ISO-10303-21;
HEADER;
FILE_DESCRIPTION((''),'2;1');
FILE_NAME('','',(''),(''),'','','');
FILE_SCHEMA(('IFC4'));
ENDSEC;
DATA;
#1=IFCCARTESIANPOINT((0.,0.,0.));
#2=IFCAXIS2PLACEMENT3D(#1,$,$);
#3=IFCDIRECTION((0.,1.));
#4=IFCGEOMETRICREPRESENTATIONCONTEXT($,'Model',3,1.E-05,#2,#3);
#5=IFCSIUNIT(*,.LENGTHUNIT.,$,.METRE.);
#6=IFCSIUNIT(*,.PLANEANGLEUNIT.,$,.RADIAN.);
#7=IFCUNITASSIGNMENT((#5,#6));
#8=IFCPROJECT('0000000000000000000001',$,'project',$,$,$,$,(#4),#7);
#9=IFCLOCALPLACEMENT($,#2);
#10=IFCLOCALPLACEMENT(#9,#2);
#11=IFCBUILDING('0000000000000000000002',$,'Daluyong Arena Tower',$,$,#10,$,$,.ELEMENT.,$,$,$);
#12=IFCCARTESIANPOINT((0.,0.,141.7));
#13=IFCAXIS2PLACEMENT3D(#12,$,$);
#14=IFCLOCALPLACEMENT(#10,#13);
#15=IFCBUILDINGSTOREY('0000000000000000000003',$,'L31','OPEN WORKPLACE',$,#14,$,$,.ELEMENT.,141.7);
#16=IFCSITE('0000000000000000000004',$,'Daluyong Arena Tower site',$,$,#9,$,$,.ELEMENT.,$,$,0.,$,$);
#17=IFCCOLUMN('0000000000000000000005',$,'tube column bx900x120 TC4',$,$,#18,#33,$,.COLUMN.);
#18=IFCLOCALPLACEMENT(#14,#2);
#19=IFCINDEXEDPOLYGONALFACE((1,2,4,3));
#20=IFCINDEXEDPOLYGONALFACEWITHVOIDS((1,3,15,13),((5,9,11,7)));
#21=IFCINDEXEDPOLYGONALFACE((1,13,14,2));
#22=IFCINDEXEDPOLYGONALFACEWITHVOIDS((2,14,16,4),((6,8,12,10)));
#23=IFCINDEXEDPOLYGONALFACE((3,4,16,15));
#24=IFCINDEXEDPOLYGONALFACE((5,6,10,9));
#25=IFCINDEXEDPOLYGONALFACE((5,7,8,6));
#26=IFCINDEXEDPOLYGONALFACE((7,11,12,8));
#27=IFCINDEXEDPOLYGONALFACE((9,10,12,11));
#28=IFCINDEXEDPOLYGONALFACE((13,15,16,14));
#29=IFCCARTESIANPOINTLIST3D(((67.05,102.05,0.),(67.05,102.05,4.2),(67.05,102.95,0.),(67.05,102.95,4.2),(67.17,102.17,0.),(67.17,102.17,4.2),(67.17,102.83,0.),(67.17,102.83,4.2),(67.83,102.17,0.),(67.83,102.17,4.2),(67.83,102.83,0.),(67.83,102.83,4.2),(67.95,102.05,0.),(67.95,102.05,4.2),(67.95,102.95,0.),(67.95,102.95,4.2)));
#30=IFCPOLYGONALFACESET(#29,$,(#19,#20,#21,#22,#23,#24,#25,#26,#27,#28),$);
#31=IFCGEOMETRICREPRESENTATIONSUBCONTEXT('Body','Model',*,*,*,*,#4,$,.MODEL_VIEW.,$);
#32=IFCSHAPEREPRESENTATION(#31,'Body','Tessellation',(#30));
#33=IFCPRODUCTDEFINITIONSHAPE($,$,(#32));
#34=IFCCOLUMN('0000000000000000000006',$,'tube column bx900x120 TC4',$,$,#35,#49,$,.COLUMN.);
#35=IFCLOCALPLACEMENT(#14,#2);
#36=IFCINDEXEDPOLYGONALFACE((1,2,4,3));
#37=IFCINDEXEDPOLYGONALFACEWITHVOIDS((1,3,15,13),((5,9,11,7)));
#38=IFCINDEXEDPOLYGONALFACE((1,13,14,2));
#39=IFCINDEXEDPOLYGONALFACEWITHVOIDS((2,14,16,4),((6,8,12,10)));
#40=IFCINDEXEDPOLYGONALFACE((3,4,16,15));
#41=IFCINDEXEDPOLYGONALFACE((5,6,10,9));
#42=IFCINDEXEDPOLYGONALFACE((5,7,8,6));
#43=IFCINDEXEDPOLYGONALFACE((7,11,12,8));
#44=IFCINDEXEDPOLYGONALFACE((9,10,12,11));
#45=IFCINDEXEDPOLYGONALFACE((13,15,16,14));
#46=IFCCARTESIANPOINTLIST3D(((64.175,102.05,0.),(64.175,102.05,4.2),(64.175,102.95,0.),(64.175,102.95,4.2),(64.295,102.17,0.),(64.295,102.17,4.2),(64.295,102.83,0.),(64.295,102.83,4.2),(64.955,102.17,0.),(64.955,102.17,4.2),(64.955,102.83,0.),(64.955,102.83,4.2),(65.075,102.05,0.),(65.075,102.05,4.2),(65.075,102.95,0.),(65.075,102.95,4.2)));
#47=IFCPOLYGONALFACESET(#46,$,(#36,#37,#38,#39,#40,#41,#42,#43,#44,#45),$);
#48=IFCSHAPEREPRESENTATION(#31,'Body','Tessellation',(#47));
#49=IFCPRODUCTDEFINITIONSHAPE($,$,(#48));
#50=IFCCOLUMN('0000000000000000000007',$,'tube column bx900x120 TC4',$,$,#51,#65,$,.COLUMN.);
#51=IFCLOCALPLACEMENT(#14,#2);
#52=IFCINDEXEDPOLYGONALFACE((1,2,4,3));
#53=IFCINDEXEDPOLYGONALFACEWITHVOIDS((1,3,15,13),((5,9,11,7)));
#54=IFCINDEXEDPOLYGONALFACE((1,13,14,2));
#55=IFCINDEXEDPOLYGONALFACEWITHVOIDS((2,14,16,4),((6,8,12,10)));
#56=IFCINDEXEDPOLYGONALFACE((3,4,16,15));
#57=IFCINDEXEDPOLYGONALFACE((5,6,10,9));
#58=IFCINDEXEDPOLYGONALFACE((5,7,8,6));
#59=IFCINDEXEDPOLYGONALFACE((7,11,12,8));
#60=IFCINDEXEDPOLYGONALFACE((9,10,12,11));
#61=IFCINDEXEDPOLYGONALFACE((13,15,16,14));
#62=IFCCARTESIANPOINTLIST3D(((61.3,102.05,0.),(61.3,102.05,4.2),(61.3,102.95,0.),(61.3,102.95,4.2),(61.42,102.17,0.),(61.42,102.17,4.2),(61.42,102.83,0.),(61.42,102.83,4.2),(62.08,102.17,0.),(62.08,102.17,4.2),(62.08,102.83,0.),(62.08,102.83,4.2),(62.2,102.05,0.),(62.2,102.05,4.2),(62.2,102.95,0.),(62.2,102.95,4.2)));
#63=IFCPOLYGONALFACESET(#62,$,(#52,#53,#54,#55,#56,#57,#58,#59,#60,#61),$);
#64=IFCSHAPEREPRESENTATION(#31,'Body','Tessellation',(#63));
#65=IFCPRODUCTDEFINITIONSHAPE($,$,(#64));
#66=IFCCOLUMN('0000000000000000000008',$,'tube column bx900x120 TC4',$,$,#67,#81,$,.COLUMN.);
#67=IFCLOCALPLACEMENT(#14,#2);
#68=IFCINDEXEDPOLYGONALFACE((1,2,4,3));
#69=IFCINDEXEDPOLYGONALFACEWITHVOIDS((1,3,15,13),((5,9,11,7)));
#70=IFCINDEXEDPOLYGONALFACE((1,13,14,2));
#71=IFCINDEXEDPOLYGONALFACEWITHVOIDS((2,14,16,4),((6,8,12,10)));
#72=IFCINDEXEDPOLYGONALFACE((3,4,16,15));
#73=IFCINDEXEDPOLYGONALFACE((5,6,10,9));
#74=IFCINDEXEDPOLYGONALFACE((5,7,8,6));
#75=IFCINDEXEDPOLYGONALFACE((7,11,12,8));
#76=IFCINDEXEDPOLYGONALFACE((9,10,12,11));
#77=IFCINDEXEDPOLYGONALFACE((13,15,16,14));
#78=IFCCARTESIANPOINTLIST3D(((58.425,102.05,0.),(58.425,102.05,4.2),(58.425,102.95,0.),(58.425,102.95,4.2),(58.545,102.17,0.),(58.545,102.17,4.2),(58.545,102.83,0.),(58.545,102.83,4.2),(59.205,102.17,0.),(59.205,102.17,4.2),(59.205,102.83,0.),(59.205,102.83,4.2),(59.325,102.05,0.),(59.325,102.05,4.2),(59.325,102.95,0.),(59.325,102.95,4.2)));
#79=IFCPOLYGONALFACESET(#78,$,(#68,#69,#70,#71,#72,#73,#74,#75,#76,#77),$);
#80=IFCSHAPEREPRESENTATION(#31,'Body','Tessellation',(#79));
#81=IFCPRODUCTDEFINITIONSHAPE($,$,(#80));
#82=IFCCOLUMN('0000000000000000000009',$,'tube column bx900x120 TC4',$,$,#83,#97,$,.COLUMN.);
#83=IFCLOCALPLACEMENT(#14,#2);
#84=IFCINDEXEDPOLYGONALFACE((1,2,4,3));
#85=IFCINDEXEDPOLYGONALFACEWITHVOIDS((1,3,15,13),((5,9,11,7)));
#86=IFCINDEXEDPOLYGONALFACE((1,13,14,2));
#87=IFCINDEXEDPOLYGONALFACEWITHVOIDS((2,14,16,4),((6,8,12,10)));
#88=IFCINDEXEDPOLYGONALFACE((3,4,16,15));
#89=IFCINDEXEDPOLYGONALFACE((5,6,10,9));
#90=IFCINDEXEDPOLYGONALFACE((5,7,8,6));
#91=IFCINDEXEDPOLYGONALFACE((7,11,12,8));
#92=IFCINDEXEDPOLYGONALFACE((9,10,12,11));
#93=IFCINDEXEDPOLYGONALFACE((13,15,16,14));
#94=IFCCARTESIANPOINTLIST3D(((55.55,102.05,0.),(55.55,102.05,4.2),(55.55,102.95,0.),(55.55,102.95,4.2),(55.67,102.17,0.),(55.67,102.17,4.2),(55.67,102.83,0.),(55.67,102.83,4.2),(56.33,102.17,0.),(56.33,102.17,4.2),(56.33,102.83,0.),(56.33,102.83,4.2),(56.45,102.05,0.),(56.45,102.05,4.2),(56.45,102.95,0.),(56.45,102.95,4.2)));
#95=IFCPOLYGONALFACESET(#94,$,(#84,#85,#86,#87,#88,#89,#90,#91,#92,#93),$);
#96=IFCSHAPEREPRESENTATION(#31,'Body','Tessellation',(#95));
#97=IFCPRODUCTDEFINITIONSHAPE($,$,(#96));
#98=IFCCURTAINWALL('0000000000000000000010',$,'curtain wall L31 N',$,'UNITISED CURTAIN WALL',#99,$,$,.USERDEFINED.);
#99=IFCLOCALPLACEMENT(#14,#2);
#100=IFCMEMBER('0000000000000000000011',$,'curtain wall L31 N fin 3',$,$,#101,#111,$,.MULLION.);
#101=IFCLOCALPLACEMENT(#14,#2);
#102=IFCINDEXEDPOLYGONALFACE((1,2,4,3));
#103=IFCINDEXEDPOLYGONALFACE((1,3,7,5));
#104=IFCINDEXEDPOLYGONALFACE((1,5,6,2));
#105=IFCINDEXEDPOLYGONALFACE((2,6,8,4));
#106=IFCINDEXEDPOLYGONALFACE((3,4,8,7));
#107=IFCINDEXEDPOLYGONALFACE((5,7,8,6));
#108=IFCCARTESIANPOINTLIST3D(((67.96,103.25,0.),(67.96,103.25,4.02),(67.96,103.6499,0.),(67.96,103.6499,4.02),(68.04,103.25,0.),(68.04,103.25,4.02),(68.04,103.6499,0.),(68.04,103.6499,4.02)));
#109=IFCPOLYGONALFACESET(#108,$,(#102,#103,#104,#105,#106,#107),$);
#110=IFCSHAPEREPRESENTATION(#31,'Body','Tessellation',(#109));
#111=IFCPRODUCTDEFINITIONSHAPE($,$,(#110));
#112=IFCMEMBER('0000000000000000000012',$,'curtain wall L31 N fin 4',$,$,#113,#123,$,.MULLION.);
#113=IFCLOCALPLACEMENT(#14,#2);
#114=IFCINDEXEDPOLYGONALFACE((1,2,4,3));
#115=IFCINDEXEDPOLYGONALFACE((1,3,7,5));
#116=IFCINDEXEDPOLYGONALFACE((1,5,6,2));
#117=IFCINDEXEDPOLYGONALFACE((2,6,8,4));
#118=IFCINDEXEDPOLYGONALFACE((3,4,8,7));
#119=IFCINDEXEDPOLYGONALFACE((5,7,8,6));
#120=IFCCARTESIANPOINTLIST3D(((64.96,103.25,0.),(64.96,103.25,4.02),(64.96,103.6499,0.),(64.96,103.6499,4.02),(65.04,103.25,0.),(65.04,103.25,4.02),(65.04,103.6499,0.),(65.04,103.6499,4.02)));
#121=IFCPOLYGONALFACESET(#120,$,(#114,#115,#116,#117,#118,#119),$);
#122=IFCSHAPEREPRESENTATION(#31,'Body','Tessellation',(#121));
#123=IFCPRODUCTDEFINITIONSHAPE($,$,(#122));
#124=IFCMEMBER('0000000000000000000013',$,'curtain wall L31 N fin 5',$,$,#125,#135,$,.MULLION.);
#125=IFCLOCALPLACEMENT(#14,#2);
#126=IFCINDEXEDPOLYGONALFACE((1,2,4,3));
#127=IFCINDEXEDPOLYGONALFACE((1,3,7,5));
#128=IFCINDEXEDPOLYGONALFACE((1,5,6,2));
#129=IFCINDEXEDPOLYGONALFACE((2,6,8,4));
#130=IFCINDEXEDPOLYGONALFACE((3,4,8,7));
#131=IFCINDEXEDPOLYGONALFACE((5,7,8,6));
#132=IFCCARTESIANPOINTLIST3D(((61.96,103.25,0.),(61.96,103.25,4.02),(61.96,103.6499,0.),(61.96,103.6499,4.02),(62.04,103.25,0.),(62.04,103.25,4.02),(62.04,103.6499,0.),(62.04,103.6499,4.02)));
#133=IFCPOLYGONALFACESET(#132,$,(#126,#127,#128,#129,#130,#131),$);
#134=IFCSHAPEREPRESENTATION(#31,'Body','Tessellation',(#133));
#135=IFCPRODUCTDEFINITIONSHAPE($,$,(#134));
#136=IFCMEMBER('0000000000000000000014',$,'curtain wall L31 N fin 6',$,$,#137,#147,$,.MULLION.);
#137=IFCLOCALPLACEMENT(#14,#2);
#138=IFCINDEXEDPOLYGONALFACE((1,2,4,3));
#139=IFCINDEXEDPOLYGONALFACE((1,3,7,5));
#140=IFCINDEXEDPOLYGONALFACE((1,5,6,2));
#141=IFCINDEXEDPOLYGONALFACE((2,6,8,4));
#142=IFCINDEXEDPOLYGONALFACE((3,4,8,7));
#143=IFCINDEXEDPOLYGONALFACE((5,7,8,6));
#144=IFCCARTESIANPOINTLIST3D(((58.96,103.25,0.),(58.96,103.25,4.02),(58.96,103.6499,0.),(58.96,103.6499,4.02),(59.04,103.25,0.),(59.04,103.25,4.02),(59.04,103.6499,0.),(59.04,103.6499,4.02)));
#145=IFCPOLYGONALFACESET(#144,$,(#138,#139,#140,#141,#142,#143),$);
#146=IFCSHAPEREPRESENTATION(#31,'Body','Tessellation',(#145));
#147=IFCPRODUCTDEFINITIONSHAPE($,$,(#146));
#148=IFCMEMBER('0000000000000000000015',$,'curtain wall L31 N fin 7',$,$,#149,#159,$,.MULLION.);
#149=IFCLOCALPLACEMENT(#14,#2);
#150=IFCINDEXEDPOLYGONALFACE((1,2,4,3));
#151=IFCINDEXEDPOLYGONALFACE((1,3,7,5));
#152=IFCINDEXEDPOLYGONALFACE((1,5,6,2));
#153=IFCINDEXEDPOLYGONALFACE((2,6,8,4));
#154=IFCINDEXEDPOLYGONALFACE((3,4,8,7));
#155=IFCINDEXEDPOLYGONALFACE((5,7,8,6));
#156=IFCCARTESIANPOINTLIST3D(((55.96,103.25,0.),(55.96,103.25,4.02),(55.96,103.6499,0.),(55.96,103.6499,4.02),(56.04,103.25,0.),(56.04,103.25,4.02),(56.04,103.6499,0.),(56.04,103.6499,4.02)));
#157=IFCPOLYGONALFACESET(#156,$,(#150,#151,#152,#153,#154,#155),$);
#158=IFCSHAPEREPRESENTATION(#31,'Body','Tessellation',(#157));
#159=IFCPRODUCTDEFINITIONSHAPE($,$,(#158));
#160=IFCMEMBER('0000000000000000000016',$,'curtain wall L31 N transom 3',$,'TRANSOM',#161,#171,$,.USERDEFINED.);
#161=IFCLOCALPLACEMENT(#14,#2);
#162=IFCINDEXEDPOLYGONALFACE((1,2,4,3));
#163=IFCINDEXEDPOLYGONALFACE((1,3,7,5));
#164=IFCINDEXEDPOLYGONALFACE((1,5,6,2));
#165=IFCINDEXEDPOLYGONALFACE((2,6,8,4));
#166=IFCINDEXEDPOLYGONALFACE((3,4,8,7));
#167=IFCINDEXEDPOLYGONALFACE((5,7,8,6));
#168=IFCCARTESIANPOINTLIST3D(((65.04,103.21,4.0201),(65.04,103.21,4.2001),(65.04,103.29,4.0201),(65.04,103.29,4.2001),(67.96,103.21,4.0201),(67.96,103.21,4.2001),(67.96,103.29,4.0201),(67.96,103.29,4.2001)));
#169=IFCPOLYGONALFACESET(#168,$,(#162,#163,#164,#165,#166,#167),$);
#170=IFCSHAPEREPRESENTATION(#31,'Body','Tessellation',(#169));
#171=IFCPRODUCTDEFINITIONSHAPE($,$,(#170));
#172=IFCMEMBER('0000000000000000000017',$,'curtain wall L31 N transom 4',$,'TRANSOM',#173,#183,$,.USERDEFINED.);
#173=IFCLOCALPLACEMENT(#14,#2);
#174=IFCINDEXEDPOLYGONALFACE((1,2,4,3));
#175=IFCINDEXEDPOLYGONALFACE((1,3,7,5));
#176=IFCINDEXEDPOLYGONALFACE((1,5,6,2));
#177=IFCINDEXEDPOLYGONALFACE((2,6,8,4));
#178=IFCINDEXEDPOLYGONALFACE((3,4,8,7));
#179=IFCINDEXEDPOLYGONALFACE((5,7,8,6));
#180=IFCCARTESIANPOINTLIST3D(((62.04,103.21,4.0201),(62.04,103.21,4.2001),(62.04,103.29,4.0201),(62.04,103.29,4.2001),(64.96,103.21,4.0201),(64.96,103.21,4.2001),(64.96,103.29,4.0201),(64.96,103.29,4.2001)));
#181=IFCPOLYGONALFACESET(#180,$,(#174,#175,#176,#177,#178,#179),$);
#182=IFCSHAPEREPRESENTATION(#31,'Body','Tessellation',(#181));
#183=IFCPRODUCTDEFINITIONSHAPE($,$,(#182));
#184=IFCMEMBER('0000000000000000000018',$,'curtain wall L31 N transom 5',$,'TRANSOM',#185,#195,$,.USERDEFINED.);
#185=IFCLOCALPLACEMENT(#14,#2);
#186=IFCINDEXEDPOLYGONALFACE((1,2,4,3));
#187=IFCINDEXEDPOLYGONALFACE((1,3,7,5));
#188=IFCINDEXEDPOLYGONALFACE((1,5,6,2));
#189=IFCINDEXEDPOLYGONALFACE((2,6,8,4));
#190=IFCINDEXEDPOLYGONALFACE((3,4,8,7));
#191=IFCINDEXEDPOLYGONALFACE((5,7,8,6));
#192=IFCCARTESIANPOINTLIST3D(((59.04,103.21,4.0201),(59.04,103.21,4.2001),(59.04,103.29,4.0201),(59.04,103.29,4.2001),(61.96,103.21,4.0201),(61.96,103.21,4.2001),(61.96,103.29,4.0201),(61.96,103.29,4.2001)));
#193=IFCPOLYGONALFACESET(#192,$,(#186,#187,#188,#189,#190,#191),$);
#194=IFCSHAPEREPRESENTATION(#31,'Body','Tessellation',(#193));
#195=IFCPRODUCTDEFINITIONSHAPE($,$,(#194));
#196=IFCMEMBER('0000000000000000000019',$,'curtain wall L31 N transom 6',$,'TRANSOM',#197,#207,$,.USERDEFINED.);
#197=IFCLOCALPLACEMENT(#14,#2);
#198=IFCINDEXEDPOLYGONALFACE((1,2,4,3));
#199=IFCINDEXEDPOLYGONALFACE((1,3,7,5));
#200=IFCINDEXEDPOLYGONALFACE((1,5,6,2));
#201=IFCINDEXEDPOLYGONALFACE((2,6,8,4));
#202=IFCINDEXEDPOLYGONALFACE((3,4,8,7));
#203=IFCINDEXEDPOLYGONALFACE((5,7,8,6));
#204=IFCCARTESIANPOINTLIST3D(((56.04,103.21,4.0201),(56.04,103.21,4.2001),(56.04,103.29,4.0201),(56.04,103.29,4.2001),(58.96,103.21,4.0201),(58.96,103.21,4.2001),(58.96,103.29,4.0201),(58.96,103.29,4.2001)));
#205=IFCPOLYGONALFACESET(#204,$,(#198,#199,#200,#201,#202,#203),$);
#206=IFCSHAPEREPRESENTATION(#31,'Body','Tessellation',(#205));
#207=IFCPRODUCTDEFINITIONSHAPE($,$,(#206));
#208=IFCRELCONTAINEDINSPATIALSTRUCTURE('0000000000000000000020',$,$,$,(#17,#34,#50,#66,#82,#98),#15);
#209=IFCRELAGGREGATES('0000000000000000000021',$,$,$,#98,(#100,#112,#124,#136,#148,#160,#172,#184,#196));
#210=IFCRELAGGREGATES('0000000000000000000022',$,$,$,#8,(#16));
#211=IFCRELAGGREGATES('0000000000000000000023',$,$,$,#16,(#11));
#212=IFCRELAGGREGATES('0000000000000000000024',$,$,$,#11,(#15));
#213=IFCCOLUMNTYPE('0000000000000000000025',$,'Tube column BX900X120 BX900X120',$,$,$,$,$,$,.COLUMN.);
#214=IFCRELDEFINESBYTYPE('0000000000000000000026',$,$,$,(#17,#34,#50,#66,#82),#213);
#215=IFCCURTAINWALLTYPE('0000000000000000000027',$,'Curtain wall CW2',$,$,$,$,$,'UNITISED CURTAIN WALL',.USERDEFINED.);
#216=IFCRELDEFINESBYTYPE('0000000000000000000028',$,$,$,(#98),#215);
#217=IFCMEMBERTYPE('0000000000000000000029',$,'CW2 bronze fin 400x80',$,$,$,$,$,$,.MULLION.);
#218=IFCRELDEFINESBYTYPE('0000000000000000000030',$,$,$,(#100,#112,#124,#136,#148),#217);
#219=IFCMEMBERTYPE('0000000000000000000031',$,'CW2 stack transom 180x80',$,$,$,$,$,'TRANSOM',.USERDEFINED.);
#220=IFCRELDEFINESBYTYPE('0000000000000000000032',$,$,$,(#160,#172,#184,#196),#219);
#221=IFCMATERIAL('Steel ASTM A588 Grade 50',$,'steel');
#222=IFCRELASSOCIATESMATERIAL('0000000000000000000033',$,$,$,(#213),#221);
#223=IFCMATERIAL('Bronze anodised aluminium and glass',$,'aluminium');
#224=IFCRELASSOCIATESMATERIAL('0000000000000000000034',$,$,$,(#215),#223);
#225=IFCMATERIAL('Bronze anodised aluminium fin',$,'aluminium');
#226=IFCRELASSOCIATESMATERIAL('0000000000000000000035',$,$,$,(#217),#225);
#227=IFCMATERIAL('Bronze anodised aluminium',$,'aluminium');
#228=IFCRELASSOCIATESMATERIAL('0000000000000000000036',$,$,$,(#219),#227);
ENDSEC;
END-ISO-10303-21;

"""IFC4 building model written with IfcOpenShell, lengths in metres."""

from ifc_helpers import new_model, si_unit, direction, frame, origin, origin_2d, place, context, subcontext, project, spatial, rectangle, hollow_rectangle, extrude, material, material_profile, profile_set, type_object, element, aggregate, save


model = new_model("IFC4")

# Units and contexts
model_context = context("Model", 3, precision=1e-05, world=origin(), true_north=direction((0.0, 1.0)))
body_context = subcontext(model_context, "Body", "Model", "MODEL_VIEW")
ifc_project = project(units=[si_unit("LENGTHUNIT", "METRE"), si_unit("PLANEANGLEUNIT", "RADIAN")], contexts=[model_context])

# Site, building, storey
site_placement = place(None, origin())
site = spatial("IfcSite", under=ifc_project, at=site_placement, Name="Daluyong Arena Tower site", CompositionType="ELEMENT", RefElevation=0.0)
building_placement = place(site_placement, origin())
building = spatial("IfcBuilding", under=site, at=building_placement, Name="Daluyong Arena Tower", CompositionType="ELEMENT")
storey_placement = place(building_placement, frame((0.0, 0.0, 141.7)))
storey = spatial("IfcBuildingStorey", under=building, at=storey_placement, Name="L31", Description="OPEN WORKPLACE", CompositionType="ELEMENT", Elevation=141.7)

# Columns
ifc_material_1 = material(Name="Steel ASTM A588 Grade 50", Category="steel")
ifc_material_profile_1 = material_profile(ifc_material_1, hollow_rectangle(XDim=0.8999, YDim=0.8999, WallThickness=0.12, at=origin_2d()))
ifc_profile_set_1 = profile_set([ifc_material_profile_1], Name="Steel ASTM A588 Grade 50")
column_type = type_object("IfcColumnType", Name="Tube column BX900X120 BX900X120", PredefinedType="COLUMN", material=ifc_profile_set_1)
for number, where, z_axis, x_axis, name in (
    (1, (67.5, 102.5, 0.0), (0.0, 0.0, 1.0), (1.0, 0.0, 0.0), "tube column bx900x120 TC4"),
    (2, (64.625, 102.5, 0.0), (0.0, 0.0, 1.0), (1.0, 0.0, 0.0), "tube column bx900x120 TC4"),
    (3, (61.75, 102.5, 0.0), (0.0, 0.0, 1.0), (1.0, 0.0, 0.0), "tube column bx900x120 TC4"),
    (4, (58.875, 102.5, 0.0), (0.0, 0.0, 1.0), (1.0, 0.0, 0.0), "tube column bx900x120 TC4"),
    (5, (56.0, 102.5, 0.0), (0.0, 0.0, 1.0), (1.0, 0.0, 0.0), "tube column bx900x120 TC4"),
):
    element("IfcColumn", number, at=place(storey_placement, frame(where, z_axis=z_axis, x_axis=x_axis)), inside=storey, type_object=column_type, Name=name, PredefinedType="COLUMN", context=body_context, shape_type="SweptSolid", body=[
        extrude(hollow_rectangle(XDim=0.8999, YDim=0.8999, WallThickness=0.12, at=origin_2d()), origin(), (0.0, 0.0, 1.0), 4.2),
    ])

# Curtain wall, members
ifc_material_2 = material(Name="Bronze anodised aluminium and glass", Category="aluminium")
curtain_wall_type = type_object("IfcCurtainWallType", Name="Curtain wall CW2", ElementType="UNITISED CURTAIN WALL", PredefinedType="USERDEFINED", material=ifc_material_2)
curtain_wall_placement = place(storey_placement, origin())
curtain_wall = element("IfcCurtainWall", 6, at=curtain_wall_placement, inside=storey, type_object=curtain_wall_type, Name="curtain wall L31 N", ObjectType="UNITISED CURTAIN WALL", PredefinedType="USERDEFINED")
ifc_material_3 = material(Name="Bronze anodised aluminium fin", Category="aluminium")
ifc_material_profile_2 = material_profile(ifc_material_3, rectangle(XDim=0.3999, YDim=0.0801, at=origin_2d()))
ifc_profile_set_2 = profile_set([ifc_material_profile_2], Name="Bronze anodised aluminium fin")
member_type_1 = type_object("IfcMemberType", Name="CW2 bronze fin 400x80", PredefinedType="MULLION", material=ifc_profile_set_2)
member_1_placement = place(storey_placement, frame((68.0, 103.45, 0.0), z_axis=(0.0, 0.0, 1.0), x_axis=(0.0, -1.0, 0.0)))
member_1 = element("IfcMember", 7, at=member_1_placement, type_object=member_type_1, Name="curtain wall L31 N fin 3", PredefinedType="MULLION", context=body_context, shape_type="SweptSolid", body=[
    extrude(rectangle(XDim=0.3999, YDim=0.0801, at=origin_2d()), origin(), (0.0, 0.0, 1.0), 4.02),
])
member_2_placement = place(storey_placement, frame((65.0, 103.45, 0.0), z_axis=(0.0, 0.0, 1.0), x_axis=(0.0, -1.0, 0.0)))
member_2 = element("IfcMember", 8, at=member_2_placement, type_object=member_type_1, Name="curtain wall L31 N fin 4", PredefinedType="MULLION", context=body_context, shape_type="SweptSolid", body=[
    extrude(rectangle(XDim=0.3999, YDim=0.0801, at=origin_2d()), origin(), (0.0, 0.0, 1.0), 4.02),
])
member_3_placement = place(storey_placement, frame((62.0, 103.45, 0.0), z_axis=(0.0, 0.0, 1.0), x_axis=(0.0, -1.0, 0.0)))
member_3 = element("IfcMember", 9, at=member_3_placement, type_object=member_type_1, Name="curtain wall L31 N fin 5", PredefinedType="MULLION", context=body_context, shape_type="SweptSolid", body=[
    extrude(rectangle(XDim=0.3999, YDim=0.0801, at=origin_2d()), origin(), (0.0, 0.0, 1.0), 4.02),
])
member_4_placement = place(storey_placement, frame((59.0, 103.45, 0.0), z_axis=(0.0, 0.0, 1.0), x_axis=(0.0, -1.0, 0.0)))
member_4 = element("IfcMember", 10, at=member_4_placement, type_object=member_type_1, Name="curtain wall L31 N fin 6", PredefinedType="MULLION", context=body_context, shape_type="SweptSolid", body=[
    extrude(rectangle(XDim=0.3999, YDim=0.0801, at=origin_2d()), origin(), (0.0, 0.0, 1.0), 4.02),
])
member_5_placement = place(storey_placement, frame((56.0, 103.45, 0.0), z_axis=(0.0, 0.0, 1.0), x_axis=(0.0, -1.0, 0.0)))
member_5 = element("IfcMember", 11, at=member_5_placement, type_object=member_type_1, Name="curtain wall L31 N fin 7", PredefinedType="MULLION", context=body_context, shape_type="SweptSolid", body=[
    extrude(rectangle(XDim=0.3999, YDim=0.0801, at=origin_2d()), origin(), (0.0, 0.0, 1.0), 4.02),
])
ifc_material_4 = material(Name="Bronze anodised aluminium", Category="aluminium")
ifc_material_profile_3 = material_profile(ifc_material_4, rectangle(XDim=0.0801, YDim=0.1799, at=origin_2d()))
ifc_profile_set_3 = profile_set([ifc_material_profile_3], Name="Bronze anodised aluminium")
member_type_2 = type_object("IfcMemberType", Name="CW2 stack transom 180x80", ElementType="TRANSOM", PredefinedType="USERDEFINED", material=ifc_profile_set_3)
member_6_placement = place(storey_placement, frame((67.96, 103.25, 4.1101), z_axis=(-1.0, 0.0, 0.0), x_axis=(0.0, -1.0, 0.0)))
member_6 = element("IfcMember", 12, at=member_6_placement, type_object=member_type_2, Name="curtain wall L31 N transom 3", ObjectType="TRANSOM", PredefinedType="USERDEFINED", context=body_context, shape_type="SweptSolid", body=[
    extrude(rectangle(XDim=0.0801, YDim=0.1799, at=origin_2d()), origin(), (0.0, 0.0, 1.0), 2.9199),
])
member_7_placement = place(storey_placement, frame((64.96, 103.25, 4.1101), z_axis=(-1.0, 0.0, 0.0), x_axis=(0.0, -1.0, 0.0)))
member_7 = element("IfcMember", 13, at=member_7_placement, type_object=member_type_2, Name="curtain wall L31 N transom 4", ObjectType="TRANSOM", PredefinedType="USERDEFINED", context=body_context, shape_type="SweptSolid", body=[
    extrude(rectangle(XDim=0.0801, YDim=0.1799, at=origin_2d()), origin(), (0.0, 0.0, 1.0), 2.9199),
])
member_8_placement = place(storey_placement, frame((61.96, 103.25, 4.1101), z_axis=(-1.0, 0.0, 0.0), x_axis=(0.0, -1.0, 0.0)))
member_8 = element("IfcMember", 14, at=member_8_placement, type_object=member_type_2, Name="curtain wall L31 N transom 5", ObjectType="TRANSOM", PredefinedType="USERDEFINED", context=body_context, shape_type="SweptSolid", body=[
    extrude(rectangle(XDim=0.0801, YDim=0.1799, at=origin_2d()), origin(), (0.0, 0.0, 1.0), 2.9199),
])
member_9_placement = place(storey_placement, frame((58.96, 103.25, 4.1101), z_axis=(-1.0, 0.0, 0.0), x_axis=(0.0, -1.0, 0.0)))
member_9 = element("IfcMember", 15, at=member_9_placement, type_object=member_type_2, Name="curtain wall L31 N transom 6", ObjectType="TRANSOM", PredefinedType="USERDEFINED", context=body_context, shape_type="SweptSolid", body=[
    extrude(rectangle(XDim=0.0801, YDim=0.1799, at=origin_2d()), origin(), (0.0, 0.0, 1.0), 2.9199),
])

aggregate(curtain_wall, [member_1, member_2, member_3, member_4, member_5, member_6, member_7, member_8, member_9])

save(model, "model.ifc")
